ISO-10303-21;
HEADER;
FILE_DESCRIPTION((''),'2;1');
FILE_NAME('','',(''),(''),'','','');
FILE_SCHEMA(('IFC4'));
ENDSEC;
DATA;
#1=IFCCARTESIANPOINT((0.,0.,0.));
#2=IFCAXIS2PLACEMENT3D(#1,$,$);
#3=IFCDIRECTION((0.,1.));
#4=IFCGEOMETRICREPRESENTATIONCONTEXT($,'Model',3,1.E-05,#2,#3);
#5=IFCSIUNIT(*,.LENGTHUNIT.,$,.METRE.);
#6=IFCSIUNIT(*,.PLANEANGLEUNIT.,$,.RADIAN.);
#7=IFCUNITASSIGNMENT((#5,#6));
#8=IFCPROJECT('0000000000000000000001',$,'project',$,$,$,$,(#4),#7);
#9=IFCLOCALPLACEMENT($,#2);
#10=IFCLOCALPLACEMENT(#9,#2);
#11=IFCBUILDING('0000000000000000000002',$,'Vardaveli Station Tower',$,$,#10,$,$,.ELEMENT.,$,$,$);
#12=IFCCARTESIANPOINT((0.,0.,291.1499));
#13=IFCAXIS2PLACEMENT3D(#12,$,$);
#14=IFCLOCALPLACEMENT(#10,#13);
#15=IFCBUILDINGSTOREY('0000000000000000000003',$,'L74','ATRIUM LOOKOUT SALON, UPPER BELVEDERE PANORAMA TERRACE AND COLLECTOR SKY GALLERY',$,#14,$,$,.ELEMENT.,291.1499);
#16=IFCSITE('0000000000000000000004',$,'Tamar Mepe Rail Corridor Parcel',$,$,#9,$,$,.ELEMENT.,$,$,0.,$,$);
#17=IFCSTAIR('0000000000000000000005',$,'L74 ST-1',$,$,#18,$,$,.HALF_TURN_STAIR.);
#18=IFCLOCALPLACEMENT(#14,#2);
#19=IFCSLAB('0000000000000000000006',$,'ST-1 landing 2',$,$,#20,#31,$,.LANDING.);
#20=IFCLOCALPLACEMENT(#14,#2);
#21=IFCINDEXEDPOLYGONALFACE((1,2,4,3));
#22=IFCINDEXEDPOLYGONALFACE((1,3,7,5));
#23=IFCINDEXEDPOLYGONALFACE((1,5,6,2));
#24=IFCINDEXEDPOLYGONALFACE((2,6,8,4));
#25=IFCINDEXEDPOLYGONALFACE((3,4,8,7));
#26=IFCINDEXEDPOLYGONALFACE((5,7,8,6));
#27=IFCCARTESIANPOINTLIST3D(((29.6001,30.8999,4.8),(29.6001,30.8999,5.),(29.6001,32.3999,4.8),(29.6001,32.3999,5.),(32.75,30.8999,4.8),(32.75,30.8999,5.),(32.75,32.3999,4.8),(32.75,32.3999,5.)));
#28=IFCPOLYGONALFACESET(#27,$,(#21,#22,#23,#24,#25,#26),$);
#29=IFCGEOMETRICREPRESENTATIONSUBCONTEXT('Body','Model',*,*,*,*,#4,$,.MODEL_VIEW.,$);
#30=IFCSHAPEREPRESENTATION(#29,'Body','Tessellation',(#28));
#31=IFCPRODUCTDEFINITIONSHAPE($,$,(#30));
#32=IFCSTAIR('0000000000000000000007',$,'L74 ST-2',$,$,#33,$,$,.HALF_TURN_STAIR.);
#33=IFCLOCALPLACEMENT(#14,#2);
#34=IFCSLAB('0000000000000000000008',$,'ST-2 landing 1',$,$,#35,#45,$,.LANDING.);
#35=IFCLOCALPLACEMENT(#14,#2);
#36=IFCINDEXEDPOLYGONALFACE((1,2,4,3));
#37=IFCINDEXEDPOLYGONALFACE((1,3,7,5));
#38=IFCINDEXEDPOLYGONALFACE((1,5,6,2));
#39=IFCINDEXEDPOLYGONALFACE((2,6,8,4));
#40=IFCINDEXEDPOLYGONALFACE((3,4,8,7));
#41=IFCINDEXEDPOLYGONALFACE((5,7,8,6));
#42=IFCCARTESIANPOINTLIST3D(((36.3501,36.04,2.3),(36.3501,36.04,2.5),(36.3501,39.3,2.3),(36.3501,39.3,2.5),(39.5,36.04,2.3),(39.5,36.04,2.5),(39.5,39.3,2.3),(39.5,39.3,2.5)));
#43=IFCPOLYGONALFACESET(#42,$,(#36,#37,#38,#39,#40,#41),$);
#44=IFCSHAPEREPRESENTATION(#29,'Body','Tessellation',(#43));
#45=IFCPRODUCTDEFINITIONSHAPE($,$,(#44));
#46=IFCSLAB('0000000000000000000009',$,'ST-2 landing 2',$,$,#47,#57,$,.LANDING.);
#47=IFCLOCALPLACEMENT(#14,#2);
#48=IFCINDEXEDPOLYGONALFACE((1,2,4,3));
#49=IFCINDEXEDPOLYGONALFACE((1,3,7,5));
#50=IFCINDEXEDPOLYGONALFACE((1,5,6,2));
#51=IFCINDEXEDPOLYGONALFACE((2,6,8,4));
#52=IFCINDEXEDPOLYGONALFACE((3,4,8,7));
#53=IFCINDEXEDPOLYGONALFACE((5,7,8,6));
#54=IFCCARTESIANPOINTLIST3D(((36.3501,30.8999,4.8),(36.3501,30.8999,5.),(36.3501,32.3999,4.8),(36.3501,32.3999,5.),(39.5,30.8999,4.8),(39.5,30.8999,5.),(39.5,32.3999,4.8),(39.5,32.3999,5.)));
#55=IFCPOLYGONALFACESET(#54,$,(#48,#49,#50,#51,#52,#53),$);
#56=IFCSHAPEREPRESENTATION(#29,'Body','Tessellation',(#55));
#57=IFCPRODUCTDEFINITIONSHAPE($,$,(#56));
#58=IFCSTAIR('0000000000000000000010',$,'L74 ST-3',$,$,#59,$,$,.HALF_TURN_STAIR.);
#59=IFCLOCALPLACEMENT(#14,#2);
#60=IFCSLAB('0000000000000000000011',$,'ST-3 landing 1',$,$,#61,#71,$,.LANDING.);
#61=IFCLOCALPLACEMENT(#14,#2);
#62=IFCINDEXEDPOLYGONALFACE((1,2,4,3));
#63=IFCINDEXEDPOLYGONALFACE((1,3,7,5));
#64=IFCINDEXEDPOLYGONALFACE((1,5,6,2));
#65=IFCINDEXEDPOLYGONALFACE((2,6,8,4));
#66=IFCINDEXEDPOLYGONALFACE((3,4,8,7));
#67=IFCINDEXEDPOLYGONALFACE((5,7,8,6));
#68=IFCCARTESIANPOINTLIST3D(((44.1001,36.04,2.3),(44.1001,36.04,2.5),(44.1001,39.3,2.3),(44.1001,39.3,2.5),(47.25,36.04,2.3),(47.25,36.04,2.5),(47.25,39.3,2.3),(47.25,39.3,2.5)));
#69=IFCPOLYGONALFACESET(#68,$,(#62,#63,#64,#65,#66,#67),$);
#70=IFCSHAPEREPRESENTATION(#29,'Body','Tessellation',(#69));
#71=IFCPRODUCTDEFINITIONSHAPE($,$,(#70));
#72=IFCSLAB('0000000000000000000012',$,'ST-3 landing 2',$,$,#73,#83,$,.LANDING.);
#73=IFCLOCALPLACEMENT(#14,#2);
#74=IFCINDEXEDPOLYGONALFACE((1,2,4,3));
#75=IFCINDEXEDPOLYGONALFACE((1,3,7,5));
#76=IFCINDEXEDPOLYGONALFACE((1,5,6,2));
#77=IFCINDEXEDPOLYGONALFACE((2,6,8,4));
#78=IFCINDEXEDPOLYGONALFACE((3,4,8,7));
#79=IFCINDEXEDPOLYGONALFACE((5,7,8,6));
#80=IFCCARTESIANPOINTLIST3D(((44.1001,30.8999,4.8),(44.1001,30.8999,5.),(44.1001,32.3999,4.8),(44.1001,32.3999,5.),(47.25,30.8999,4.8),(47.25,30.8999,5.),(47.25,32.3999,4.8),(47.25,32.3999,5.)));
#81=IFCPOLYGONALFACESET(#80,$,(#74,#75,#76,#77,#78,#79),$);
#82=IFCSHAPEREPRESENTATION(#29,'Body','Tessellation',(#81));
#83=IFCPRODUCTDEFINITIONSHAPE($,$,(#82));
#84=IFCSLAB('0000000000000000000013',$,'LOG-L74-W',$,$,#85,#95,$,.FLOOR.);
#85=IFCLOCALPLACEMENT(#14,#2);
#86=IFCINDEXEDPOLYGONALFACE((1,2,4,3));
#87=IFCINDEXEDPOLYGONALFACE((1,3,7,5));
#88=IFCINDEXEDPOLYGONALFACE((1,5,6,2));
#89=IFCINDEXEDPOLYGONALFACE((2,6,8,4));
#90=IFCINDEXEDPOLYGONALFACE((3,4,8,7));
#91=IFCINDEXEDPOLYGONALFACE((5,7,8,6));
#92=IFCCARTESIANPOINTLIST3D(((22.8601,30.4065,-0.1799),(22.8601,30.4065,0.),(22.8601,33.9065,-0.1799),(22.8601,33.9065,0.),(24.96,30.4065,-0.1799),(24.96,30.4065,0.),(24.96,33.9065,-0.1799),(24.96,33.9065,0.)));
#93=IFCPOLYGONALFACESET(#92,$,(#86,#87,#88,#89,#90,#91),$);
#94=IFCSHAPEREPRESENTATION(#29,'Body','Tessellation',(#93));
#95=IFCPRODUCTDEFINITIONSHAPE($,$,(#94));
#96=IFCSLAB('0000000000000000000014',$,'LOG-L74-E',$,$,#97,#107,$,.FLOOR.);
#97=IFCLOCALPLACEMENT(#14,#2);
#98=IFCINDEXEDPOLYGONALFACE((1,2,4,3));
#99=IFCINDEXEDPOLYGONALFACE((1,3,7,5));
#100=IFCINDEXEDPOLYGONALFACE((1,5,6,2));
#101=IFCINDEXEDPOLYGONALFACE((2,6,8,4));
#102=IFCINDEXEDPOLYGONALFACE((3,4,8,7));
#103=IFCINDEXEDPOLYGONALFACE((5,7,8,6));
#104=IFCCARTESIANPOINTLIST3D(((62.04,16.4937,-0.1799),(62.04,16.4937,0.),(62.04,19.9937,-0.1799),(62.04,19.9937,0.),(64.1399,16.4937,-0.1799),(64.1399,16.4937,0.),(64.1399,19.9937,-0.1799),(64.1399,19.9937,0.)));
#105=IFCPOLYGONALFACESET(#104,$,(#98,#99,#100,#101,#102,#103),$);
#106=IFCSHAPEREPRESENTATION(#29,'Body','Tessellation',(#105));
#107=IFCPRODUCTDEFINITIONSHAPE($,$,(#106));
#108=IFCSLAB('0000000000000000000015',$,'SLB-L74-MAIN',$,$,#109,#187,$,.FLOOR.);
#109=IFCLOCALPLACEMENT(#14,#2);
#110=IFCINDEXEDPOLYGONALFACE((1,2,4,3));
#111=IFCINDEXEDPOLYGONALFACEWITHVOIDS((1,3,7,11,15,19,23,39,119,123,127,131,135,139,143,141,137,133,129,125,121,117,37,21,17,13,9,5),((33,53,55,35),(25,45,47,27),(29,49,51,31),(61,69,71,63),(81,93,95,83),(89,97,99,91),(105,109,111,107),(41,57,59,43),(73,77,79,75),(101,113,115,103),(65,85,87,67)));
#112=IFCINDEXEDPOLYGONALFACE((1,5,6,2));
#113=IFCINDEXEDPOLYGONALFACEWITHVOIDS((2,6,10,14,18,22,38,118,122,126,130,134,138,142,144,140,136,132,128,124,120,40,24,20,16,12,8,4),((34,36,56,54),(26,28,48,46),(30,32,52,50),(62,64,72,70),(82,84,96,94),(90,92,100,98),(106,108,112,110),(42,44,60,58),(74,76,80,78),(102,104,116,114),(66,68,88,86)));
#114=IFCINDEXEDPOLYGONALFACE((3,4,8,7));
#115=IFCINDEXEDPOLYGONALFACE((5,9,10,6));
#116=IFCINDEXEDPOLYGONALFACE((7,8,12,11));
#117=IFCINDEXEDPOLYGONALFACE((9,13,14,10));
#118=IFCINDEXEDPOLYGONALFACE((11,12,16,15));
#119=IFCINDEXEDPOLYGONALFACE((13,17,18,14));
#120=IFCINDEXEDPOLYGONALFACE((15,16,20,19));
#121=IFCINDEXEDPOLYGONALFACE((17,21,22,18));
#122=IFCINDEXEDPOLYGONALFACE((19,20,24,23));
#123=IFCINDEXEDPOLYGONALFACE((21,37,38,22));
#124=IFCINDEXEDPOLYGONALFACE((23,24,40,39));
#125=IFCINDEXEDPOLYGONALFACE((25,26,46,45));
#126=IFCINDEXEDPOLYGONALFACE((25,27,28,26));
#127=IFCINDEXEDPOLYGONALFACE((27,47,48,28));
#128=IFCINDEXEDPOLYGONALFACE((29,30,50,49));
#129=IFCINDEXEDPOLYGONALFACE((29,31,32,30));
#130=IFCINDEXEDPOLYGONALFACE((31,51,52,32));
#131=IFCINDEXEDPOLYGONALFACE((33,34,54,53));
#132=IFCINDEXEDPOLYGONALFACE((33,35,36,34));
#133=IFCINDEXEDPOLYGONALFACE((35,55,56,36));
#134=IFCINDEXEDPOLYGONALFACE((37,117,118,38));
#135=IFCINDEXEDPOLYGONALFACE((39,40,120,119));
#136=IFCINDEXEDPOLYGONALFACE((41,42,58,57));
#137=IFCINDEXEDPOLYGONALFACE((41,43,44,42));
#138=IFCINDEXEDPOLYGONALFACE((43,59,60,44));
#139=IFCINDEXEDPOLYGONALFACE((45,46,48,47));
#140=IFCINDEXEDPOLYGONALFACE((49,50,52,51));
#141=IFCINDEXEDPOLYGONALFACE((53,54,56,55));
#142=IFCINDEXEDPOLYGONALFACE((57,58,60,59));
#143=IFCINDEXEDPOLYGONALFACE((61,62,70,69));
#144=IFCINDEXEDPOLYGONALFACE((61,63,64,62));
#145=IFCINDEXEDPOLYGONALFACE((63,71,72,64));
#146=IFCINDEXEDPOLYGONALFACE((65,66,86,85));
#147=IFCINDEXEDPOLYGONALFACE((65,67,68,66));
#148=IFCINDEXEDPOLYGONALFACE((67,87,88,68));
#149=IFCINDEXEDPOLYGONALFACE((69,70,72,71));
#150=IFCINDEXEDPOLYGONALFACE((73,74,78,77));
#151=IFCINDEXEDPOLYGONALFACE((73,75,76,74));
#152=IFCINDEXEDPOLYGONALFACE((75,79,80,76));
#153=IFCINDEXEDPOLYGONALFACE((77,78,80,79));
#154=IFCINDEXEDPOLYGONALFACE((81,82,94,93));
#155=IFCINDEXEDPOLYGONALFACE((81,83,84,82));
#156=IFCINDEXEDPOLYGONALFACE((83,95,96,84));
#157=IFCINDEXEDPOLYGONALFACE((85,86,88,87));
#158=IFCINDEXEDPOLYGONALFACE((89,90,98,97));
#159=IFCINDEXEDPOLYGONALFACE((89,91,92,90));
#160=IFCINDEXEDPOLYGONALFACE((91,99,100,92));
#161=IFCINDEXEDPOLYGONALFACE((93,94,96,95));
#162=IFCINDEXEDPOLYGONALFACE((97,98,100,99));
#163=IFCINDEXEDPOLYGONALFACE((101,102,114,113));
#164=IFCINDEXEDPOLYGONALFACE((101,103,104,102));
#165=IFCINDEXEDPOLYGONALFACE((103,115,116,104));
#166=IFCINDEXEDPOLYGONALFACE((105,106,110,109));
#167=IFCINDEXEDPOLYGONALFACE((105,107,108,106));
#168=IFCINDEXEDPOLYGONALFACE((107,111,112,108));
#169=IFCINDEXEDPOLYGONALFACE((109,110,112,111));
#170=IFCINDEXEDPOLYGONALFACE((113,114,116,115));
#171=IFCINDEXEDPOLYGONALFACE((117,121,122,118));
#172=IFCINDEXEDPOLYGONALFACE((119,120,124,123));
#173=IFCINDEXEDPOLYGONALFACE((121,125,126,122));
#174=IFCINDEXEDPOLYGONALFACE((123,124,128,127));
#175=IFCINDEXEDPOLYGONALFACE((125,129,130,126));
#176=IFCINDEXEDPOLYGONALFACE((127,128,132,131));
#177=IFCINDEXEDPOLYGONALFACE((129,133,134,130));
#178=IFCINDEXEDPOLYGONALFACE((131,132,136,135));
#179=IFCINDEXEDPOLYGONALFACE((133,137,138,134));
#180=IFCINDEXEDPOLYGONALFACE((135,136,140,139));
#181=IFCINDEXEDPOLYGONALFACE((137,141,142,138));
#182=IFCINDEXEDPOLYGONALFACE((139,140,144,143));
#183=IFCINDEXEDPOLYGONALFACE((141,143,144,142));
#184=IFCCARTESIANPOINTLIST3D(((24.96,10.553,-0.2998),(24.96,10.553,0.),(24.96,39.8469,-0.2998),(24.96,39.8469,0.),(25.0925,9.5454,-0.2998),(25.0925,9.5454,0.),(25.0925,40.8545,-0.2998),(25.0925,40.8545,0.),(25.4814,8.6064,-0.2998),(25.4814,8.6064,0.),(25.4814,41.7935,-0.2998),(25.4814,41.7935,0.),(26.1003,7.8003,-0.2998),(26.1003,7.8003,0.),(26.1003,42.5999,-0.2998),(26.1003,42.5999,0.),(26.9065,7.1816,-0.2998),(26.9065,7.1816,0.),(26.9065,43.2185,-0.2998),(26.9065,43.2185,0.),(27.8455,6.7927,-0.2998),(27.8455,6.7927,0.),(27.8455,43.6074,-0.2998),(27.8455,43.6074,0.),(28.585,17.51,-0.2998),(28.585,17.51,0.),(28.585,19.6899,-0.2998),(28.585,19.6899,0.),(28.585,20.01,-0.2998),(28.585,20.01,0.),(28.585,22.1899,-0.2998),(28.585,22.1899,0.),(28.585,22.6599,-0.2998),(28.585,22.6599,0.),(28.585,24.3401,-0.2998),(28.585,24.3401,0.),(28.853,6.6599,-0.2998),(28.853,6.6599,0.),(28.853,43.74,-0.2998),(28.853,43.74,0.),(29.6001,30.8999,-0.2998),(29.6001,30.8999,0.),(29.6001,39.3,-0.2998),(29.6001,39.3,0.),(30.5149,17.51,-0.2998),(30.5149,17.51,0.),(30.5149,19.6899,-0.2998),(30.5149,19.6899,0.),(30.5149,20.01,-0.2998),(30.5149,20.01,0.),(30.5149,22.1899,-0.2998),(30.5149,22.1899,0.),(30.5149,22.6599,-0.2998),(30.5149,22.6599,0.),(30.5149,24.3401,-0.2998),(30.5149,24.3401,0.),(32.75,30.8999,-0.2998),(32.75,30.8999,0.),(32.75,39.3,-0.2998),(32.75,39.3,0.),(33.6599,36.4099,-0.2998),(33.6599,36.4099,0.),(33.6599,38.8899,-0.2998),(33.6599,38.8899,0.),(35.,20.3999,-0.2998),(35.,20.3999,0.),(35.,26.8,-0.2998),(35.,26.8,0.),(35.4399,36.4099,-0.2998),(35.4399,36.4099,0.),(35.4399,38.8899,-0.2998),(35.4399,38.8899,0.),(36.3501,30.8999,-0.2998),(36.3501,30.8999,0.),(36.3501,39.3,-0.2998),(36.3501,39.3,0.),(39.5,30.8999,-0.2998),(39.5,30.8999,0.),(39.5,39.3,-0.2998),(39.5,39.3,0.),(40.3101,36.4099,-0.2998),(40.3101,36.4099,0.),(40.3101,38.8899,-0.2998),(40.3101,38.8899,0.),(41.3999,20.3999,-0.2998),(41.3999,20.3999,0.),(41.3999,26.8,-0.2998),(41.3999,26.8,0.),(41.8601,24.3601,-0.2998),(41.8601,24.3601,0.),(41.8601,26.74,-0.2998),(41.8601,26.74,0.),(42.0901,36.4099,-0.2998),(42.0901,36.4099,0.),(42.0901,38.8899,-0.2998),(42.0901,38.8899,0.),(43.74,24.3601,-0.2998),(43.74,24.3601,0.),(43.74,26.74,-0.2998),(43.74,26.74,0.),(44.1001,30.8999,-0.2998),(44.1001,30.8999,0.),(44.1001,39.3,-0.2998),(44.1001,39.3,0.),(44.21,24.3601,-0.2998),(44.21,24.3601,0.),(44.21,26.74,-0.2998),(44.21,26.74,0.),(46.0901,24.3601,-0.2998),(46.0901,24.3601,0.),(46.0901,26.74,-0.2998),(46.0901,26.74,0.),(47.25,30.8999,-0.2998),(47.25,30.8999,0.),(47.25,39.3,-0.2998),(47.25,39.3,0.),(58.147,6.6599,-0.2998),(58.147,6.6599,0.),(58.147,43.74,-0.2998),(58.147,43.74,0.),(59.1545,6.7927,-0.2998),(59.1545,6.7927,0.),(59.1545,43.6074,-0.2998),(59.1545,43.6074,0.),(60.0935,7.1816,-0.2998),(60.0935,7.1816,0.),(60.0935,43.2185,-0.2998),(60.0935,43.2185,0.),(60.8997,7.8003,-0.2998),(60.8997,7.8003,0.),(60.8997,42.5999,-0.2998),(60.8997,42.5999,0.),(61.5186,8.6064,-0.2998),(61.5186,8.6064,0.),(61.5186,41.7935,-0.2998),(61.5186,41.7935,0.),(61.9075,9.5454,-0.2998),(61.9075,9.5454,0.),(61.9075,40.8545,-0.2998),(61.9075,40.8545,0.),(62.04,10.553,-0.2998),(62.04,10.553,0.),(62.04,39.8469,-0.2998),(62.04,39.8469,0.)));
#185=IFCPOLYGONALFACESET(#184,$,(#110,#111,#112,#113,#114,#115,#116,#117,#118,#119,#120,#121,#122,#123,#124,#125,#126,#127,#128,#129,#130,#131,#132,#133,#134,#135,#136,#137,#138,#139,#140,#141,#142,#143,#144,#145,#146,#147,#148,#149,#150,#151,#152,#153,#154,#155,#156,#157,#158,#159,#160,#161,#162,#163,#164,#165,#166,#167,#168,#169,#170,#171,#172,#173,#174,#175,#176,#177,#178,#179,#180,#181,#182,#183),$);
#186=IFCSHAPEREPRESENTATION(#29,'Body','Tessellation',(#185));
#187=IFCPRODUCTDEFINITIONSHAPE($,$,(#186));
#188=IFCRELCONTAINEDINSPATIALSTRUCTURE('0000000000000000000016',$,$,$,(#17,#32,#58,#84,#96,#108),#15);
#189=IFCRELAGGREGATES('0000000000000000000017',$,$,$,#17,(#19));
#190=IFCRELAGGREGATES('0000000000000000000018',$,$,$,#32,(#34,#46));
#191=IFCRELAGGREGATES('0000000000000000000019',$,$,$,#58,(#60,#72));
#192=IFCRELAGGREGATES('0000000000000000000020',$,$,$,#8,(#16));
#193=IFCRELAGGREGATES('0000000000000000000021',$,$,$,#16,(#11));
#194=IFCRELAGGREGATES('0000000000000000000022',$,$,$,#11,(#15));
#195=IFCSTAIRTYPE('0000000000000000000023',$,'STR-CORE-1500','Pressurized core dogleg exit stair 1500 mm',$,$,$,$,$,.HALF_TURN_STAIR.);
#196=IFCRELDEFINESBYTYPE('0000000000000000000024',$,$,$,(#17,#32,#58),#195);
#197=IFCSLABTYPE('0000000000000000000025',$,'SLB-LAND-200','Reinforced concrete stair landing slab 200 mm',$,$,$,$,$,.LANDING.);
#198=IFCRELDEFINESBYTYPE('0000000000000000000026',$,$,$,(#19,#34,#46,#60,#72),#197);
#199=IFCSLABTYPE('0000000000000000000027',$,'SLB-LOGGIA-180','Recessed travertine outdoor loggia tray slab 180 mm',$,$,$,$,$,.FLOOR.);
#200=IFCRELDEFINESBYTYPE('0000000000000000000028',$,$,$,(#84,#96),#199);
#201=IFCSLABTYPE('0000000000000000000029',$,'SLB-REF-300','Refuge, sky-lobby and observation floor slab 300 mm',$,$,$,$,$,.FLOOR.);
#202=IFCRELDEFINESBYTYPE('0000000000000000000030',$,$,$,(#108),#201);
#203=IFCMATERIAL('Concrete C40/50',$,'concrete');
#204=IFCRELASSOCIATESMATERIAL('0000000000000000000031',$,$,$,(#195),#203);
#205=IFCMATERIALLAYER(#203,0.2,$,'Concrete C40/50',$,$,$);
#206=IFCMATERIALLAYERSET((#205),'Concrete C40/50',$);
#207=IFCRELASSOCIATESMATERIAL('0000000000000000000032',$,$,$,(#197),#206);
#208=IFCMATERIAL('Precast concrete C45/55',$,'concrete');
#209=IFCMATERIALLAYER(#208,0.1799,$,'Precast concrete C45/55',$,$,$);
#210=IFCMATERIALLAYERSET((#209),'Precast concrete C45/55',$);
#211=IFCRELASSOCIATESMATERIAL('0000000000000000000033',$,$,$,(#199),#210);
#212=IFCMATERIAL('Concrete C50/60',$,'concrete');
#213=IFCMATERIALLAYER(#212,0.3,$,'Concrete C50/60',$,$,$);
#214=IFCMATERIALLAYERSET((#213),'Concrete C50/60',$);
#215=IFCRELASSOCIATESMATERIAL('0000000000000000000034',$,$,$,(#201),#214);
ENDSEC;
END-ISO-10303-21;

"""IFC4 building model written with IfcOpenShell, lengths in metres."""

from ifc_helpers import new_model, si_unit, direction, frame, origin, place, context, subcontext, project, spatial, polyline, outline, extrude, material, layer, layer_set, type_object, element, aggregate, save


model = new_model("IFC4")

# Units and contexts
model_context = context("Model", 3, precision=1e-05, world=origin(), true_north=direction((0.0, 1.0)))
body_context = subcontext(model_context, "Body", "Model", "MODEL_VIEW")
ifc_project = project(units=[si_unit("LENGTHUNIT", "METRE"), si_unit("PLANEANGLEUNIT", "RADIAN")], contexts=[model_context])

# Site, building, storey
site_placement = place(None, origin())
site = spatial("IfcSite", under=ifc_project, at=site_placement, Name="Tamar Mepe Rail Corridor Parcel", CompositionType="ELEMENT", RefElevation=0.0)
building_placement = place(site_placement, origin())
building = spatial("IfcBuilding", under=site, at=building_placement, Name="Vardaveli Station Tower", CompositionType="ELEMENT")
storey_placement = place(building_placement, frame((0.0, 0.0, 291.1499)))
storey = spatial("IfcBuildingStorey", under=building, at=storey_placement, Name="L74", Description="ATRIUM LOOKOUT SALON, UPPER BELVEDERE PANORAMA TERRACE AND COLLECTOR SKY GALLERY", CompositionType="ELEMENT", Elevation=291.1499)

# Shared definitions
ifc_material_1 = material(Name="Concrete C50/60", Category="concrete")

# Shared definitions
ifc_material_2 = material(Name="Precast concrete C45/55", Category="concrete")

# Stairs, slabs
ifc_material_3 = material(Name="Concrete C40/50", Category="concrete")
stair_type = type_object("IfcStairType", Name="STR-CORE-1500", Description="Pressurized core dogleg exit stair 1500 mm", PredefinedType="HALF_TURN_STAIR", material=ifc_material_3)
stair_1_placement = place(storey_placement, origin())
stair_1 = element("IfcStair", 1, at=stair_1_placement, inside=storey, type_object=stair_type, Name="L74 ST-1", PredefinedType="HALF_TURN_STAIR")
ifc_layer_1 = layer(ifc_material_3, 0.2, Name="Concrete C40/50")
ifc_layer_set_1 = layer_set([ifc_layer_1], Name="Concrete C40/50")
slab_type_1 = type_object("IfcSlabType", Name="SLB-LAND-200", Description="Reinforced concrete stair landing slab 200 mm", PredefinedType="LANDING", material=ifc_layer_set_1)
slab_1_placement = place(storey_placement, frame((0.0, 0.0, 4.8)))
slab_1 = element("IfcSlab", 2, at=slab_1_placement, type_object=slab_type_1, Name="ST-1 landing 2", PredefinedType="LANDING", context=body_context, shape_type="SweptSolid", body=[
    extrude(outline(polyline([(32.75, 30.8999), (32.75, 32.3999), (29.6001, 32.3999), (29.6001, 30.8999), (32.75, 30.8999)])), origin(), (0.0, 0.0, 1.0), 0.2),
])
aggregate(stair_1, [slab_1])
stair_2_placement = place(storey_placement, origin())
stair_2 = element("IfcStair", 3, at=stair_2_placement, inside=storey, type_object=stair_type, Name="L74 ST-2", PredefinedType="HALF_TURN_STAIR")
slab_2_placement = place(storey_placement, frame((0.0, 0.0, 2.3)))
slab_2 = element("IfcSlab", 4, at=slab_2_placement, type_object=slab_type_1, Name="ST-2 landing 1", PredefinedType="LANDING", context=body_context, shape_type="SweptSolid", body=[
    extrude(outline(polyline([(39.5, 36.04), (39.5, 39.3), (36.3501, 39.3), (36.3501, 36.04), (39.5, 36.04)])), origin(), (0.0, 0.0, 1.0), 0.2),
])
slab_3_placement = place(storey_placement, frame((0.0, 0.0, 4.8)))
slab_3 = element("IfcSlab", 5, at=slab_3_placement, type_object=slab_type_1, Name="ST-2 landing 2", PredefinedType="LANDING", context=body_context, shape_type="SweptSolid", body=[
    extrude(outline(polyline([(39.5, 30.8999), (39.5, 32.3999), (36.3501, 32.3999), (36.3501, 30.8999), (39.5, 30.8999)])), origin(), (0.0, 0.0, 1.0), 0.2),
])
aggregate(stair_2, [slab_2, slab_3])
stair_3_placement = place(storey_placement, origin())
stair_3 = element("IfcStair", 6, at=stair_3_placement, inside=storey, type_object=stair_type, Name="L74 ST-3", PredefinedType="HALF_TURN_STAIR")
slab_4_placement = place(storey_placement, frame((0.0, 0.0, 2.3)))
slab_4 = element("IfcSlab", 7, at=slab_4_placement, type_object=slab_type_1, Name="ST-3 landing 1", PredefinedType="LANDING", context=body_context, shape_type="SweptSolid", body=[
    extrude(outline(polyline([(47.25, 36.04), (47.25, 39.3), (44.1001, 39.3), (44.1001, 36.04), (47.25, 36.04)])), origin(), (0.0, 0.0, 1.0), 0.2),
])
slab_5_placement = place(storey_placement, frame((0.0, 0.0, 4.8)))
slab_5 = element("IfcSlab", 8, at=slab_5_placement, type_object=slab_type_1, Name="ST-3 landing 2", PredefinedType="LANDING", context=body_context, shape_type="SweptSolid", body=[
    extrude(outline(polyline([(47.25, 30.8999), (47.25, 32.3999), (44.1001, 32.3999), (44.1001, 30.8999), (47.25, 30.8999)])), origin(), (0.0, 0.0, 1.0), 0.2),
])
aggregate(stair_3, [slab_4, slab_5])

# Slabs
ifc_layer_2 = layer(ifc_material_2, 0.1799, Name="Precast concrete C45/55")
ifc_layer_set_2 = layer_set([ifc_layer_2], Name="Precast concrete C45/55")
slab_type_2 = type_object("IfcSlabType", Name="SLB-LOGGIA-180", Description="Recessed travertine outdoor loggia tray slab 180 mm", PredefinedType="FLOOR", material=ifc_layer_set_2)
slab_6_placement = place(storey_placement, frame((0.0, 0.0, -0.1799)))
element("IfcSlab", 9, at=slab_6_placement, inside=storey, type_object=slab_type_2, Name="LOG-L74-W", PredefinedType="FLOOR", context=body_context, shape_type="SweptSolid", body=[
    extrude(outline(polyline([(22.8601, 30.4065), (24.96, 30.4065), (24.96, 33.9065), (22.8601, 33.9065), (22.8601, 30.4065)])), origin(), (0.0, 0.0, 1.0), 0.1799),
])
slab_7_placement = place(storey_placement, frame((0.0, 0.0, -0.1799)))
element("IfcSlab", 10, at=slab_7_placement, inside=storey, type_object=slab_type_2, Name="LOG-L74-E", PredefinedType="FLOOR", context=body_context, shape_type="SweptSolid", body=[
    extrude(outline(polyline([(62.04, 16.4937), (64.1399, 16.4937), (64.1399, 19.9937), (62.04, 19.9937), (62.04, 16.4937)])), origin(), (0.0, 0.0, 1.0), 0.1799),
])
ifc_layer_3 = layer(ifc_material_1, 0.3, Name="Concrete C50/60")
ifc_layer_set_3 = layer_set([ifc_layer_3], Name="Concrete C50/60")
slab_type_3 = type_object("IfcSlabType", Name="SLB-REF-300", Description="Refuge, sky-lobby and observation floor slab 300 mm", PredefinedType="FLOOR", material=ifc_layer_set_3)
slab_8_placement = place(storey_placement, frame((0.0, 0.0, -0.2998)))
element("IfcSlab", 11, at=slab_8_placement, inside=storey, type_object=slab_type_3, Name="SLB-L74-MAIN", PredefinedType="FLOOR", context=body_context, shape_type="SweptSolid", body=[
    extrude(outline(polyline([(24.96, 10.553), (25.0925, 9.5454), (25.4814, 8.6064), (26.1003, 7.8003), (26.9065, 7.1816), (27.8455, 6.7927), (28.853, 6.6599), (58.147, 6.6599), (59.1545, 6.7927), (60.0935, 7.1816), (60.8997, 7.8003), (61.5186, 8.6064), (61.9075, 9.5454), (62.04, 10.553), (62.04, 39.8469), (61.9075, 40.8545), (61.5186, 41.7935), (60.8997, 42.5999), (60.0935, 43.2185), (59.1545, 43.6074), (58.147, 43.74), (28.853, 43.74), (27.8455, 43.6074), (26.9065, 43.2185), (26.1003, 42.5999), (25.4814, 41.7935), (25.0925, 40.8545), (24.96, 39.8469), (24.96, 10.553)]), holes=[polyline([(35.0, 20.3999), (41.3999, 20.3999), (41.3999, 26.8), (35.0, 26.8), (35.0, 20.3999)]), polyline([(32.75, 30.8999), (32.75, 39.3), (29.6001, 39.3), (29.6001, 30.8999), (32.75, 30.8999)]), polyline([(39.5, 30.8999), (39.5, 39.3), (36.3501, 39.3), (36.3501, 30.8999), (39.5, 30.8999)]), polyline([(47.25, 30.8999), (47.25, 39.3), (44.1001, 39.3), (44.1001, 30.8999), (47.25, 30.8999)]), polyline([(33.6599, 36.4099), (35.4399, 36.4099), (35.4399, 38.8899), (33.6599, 38.8899), (33.6599, 36.4099)]), polyline([(40.3101, 36.4099), (42.0901, 36.4099), (42.0901, 38.8899), (40.3101, 38.8899), (40.3101, 36.4099)]), polyline([(28.585, 17.51), (30.5149, 17.51), (30.5149, 19.6899), (28.585, 19.6899), (28.585, 17.51)]), polyline([(28.585, 20.01), (30.5149, 20.01), (30.5149, 22.1899), (28.585, 22.1899), (28.585, 20.01)]), polyline([(28.585, 22.6599), (30.5149, 22.6599), (30.5149, 24.3401), (28.585, 24.3401), (28.585, 22.6599)]), polyline([(41.8601, 24.3601), (43.74, 24.3601), (43.74, 26.74), (41.8601, 26.74), (41.8601, 24.3601)]), polyline([(44.21, 24.3601), (46.0901, 24.3601), (46.0901, 26.74), (44.21, 26.74), (44.21, 24.3601)])]), origin(), (0.0, 0.0, 1.0), 0.2998),
])

save(model, "model.ifc")
